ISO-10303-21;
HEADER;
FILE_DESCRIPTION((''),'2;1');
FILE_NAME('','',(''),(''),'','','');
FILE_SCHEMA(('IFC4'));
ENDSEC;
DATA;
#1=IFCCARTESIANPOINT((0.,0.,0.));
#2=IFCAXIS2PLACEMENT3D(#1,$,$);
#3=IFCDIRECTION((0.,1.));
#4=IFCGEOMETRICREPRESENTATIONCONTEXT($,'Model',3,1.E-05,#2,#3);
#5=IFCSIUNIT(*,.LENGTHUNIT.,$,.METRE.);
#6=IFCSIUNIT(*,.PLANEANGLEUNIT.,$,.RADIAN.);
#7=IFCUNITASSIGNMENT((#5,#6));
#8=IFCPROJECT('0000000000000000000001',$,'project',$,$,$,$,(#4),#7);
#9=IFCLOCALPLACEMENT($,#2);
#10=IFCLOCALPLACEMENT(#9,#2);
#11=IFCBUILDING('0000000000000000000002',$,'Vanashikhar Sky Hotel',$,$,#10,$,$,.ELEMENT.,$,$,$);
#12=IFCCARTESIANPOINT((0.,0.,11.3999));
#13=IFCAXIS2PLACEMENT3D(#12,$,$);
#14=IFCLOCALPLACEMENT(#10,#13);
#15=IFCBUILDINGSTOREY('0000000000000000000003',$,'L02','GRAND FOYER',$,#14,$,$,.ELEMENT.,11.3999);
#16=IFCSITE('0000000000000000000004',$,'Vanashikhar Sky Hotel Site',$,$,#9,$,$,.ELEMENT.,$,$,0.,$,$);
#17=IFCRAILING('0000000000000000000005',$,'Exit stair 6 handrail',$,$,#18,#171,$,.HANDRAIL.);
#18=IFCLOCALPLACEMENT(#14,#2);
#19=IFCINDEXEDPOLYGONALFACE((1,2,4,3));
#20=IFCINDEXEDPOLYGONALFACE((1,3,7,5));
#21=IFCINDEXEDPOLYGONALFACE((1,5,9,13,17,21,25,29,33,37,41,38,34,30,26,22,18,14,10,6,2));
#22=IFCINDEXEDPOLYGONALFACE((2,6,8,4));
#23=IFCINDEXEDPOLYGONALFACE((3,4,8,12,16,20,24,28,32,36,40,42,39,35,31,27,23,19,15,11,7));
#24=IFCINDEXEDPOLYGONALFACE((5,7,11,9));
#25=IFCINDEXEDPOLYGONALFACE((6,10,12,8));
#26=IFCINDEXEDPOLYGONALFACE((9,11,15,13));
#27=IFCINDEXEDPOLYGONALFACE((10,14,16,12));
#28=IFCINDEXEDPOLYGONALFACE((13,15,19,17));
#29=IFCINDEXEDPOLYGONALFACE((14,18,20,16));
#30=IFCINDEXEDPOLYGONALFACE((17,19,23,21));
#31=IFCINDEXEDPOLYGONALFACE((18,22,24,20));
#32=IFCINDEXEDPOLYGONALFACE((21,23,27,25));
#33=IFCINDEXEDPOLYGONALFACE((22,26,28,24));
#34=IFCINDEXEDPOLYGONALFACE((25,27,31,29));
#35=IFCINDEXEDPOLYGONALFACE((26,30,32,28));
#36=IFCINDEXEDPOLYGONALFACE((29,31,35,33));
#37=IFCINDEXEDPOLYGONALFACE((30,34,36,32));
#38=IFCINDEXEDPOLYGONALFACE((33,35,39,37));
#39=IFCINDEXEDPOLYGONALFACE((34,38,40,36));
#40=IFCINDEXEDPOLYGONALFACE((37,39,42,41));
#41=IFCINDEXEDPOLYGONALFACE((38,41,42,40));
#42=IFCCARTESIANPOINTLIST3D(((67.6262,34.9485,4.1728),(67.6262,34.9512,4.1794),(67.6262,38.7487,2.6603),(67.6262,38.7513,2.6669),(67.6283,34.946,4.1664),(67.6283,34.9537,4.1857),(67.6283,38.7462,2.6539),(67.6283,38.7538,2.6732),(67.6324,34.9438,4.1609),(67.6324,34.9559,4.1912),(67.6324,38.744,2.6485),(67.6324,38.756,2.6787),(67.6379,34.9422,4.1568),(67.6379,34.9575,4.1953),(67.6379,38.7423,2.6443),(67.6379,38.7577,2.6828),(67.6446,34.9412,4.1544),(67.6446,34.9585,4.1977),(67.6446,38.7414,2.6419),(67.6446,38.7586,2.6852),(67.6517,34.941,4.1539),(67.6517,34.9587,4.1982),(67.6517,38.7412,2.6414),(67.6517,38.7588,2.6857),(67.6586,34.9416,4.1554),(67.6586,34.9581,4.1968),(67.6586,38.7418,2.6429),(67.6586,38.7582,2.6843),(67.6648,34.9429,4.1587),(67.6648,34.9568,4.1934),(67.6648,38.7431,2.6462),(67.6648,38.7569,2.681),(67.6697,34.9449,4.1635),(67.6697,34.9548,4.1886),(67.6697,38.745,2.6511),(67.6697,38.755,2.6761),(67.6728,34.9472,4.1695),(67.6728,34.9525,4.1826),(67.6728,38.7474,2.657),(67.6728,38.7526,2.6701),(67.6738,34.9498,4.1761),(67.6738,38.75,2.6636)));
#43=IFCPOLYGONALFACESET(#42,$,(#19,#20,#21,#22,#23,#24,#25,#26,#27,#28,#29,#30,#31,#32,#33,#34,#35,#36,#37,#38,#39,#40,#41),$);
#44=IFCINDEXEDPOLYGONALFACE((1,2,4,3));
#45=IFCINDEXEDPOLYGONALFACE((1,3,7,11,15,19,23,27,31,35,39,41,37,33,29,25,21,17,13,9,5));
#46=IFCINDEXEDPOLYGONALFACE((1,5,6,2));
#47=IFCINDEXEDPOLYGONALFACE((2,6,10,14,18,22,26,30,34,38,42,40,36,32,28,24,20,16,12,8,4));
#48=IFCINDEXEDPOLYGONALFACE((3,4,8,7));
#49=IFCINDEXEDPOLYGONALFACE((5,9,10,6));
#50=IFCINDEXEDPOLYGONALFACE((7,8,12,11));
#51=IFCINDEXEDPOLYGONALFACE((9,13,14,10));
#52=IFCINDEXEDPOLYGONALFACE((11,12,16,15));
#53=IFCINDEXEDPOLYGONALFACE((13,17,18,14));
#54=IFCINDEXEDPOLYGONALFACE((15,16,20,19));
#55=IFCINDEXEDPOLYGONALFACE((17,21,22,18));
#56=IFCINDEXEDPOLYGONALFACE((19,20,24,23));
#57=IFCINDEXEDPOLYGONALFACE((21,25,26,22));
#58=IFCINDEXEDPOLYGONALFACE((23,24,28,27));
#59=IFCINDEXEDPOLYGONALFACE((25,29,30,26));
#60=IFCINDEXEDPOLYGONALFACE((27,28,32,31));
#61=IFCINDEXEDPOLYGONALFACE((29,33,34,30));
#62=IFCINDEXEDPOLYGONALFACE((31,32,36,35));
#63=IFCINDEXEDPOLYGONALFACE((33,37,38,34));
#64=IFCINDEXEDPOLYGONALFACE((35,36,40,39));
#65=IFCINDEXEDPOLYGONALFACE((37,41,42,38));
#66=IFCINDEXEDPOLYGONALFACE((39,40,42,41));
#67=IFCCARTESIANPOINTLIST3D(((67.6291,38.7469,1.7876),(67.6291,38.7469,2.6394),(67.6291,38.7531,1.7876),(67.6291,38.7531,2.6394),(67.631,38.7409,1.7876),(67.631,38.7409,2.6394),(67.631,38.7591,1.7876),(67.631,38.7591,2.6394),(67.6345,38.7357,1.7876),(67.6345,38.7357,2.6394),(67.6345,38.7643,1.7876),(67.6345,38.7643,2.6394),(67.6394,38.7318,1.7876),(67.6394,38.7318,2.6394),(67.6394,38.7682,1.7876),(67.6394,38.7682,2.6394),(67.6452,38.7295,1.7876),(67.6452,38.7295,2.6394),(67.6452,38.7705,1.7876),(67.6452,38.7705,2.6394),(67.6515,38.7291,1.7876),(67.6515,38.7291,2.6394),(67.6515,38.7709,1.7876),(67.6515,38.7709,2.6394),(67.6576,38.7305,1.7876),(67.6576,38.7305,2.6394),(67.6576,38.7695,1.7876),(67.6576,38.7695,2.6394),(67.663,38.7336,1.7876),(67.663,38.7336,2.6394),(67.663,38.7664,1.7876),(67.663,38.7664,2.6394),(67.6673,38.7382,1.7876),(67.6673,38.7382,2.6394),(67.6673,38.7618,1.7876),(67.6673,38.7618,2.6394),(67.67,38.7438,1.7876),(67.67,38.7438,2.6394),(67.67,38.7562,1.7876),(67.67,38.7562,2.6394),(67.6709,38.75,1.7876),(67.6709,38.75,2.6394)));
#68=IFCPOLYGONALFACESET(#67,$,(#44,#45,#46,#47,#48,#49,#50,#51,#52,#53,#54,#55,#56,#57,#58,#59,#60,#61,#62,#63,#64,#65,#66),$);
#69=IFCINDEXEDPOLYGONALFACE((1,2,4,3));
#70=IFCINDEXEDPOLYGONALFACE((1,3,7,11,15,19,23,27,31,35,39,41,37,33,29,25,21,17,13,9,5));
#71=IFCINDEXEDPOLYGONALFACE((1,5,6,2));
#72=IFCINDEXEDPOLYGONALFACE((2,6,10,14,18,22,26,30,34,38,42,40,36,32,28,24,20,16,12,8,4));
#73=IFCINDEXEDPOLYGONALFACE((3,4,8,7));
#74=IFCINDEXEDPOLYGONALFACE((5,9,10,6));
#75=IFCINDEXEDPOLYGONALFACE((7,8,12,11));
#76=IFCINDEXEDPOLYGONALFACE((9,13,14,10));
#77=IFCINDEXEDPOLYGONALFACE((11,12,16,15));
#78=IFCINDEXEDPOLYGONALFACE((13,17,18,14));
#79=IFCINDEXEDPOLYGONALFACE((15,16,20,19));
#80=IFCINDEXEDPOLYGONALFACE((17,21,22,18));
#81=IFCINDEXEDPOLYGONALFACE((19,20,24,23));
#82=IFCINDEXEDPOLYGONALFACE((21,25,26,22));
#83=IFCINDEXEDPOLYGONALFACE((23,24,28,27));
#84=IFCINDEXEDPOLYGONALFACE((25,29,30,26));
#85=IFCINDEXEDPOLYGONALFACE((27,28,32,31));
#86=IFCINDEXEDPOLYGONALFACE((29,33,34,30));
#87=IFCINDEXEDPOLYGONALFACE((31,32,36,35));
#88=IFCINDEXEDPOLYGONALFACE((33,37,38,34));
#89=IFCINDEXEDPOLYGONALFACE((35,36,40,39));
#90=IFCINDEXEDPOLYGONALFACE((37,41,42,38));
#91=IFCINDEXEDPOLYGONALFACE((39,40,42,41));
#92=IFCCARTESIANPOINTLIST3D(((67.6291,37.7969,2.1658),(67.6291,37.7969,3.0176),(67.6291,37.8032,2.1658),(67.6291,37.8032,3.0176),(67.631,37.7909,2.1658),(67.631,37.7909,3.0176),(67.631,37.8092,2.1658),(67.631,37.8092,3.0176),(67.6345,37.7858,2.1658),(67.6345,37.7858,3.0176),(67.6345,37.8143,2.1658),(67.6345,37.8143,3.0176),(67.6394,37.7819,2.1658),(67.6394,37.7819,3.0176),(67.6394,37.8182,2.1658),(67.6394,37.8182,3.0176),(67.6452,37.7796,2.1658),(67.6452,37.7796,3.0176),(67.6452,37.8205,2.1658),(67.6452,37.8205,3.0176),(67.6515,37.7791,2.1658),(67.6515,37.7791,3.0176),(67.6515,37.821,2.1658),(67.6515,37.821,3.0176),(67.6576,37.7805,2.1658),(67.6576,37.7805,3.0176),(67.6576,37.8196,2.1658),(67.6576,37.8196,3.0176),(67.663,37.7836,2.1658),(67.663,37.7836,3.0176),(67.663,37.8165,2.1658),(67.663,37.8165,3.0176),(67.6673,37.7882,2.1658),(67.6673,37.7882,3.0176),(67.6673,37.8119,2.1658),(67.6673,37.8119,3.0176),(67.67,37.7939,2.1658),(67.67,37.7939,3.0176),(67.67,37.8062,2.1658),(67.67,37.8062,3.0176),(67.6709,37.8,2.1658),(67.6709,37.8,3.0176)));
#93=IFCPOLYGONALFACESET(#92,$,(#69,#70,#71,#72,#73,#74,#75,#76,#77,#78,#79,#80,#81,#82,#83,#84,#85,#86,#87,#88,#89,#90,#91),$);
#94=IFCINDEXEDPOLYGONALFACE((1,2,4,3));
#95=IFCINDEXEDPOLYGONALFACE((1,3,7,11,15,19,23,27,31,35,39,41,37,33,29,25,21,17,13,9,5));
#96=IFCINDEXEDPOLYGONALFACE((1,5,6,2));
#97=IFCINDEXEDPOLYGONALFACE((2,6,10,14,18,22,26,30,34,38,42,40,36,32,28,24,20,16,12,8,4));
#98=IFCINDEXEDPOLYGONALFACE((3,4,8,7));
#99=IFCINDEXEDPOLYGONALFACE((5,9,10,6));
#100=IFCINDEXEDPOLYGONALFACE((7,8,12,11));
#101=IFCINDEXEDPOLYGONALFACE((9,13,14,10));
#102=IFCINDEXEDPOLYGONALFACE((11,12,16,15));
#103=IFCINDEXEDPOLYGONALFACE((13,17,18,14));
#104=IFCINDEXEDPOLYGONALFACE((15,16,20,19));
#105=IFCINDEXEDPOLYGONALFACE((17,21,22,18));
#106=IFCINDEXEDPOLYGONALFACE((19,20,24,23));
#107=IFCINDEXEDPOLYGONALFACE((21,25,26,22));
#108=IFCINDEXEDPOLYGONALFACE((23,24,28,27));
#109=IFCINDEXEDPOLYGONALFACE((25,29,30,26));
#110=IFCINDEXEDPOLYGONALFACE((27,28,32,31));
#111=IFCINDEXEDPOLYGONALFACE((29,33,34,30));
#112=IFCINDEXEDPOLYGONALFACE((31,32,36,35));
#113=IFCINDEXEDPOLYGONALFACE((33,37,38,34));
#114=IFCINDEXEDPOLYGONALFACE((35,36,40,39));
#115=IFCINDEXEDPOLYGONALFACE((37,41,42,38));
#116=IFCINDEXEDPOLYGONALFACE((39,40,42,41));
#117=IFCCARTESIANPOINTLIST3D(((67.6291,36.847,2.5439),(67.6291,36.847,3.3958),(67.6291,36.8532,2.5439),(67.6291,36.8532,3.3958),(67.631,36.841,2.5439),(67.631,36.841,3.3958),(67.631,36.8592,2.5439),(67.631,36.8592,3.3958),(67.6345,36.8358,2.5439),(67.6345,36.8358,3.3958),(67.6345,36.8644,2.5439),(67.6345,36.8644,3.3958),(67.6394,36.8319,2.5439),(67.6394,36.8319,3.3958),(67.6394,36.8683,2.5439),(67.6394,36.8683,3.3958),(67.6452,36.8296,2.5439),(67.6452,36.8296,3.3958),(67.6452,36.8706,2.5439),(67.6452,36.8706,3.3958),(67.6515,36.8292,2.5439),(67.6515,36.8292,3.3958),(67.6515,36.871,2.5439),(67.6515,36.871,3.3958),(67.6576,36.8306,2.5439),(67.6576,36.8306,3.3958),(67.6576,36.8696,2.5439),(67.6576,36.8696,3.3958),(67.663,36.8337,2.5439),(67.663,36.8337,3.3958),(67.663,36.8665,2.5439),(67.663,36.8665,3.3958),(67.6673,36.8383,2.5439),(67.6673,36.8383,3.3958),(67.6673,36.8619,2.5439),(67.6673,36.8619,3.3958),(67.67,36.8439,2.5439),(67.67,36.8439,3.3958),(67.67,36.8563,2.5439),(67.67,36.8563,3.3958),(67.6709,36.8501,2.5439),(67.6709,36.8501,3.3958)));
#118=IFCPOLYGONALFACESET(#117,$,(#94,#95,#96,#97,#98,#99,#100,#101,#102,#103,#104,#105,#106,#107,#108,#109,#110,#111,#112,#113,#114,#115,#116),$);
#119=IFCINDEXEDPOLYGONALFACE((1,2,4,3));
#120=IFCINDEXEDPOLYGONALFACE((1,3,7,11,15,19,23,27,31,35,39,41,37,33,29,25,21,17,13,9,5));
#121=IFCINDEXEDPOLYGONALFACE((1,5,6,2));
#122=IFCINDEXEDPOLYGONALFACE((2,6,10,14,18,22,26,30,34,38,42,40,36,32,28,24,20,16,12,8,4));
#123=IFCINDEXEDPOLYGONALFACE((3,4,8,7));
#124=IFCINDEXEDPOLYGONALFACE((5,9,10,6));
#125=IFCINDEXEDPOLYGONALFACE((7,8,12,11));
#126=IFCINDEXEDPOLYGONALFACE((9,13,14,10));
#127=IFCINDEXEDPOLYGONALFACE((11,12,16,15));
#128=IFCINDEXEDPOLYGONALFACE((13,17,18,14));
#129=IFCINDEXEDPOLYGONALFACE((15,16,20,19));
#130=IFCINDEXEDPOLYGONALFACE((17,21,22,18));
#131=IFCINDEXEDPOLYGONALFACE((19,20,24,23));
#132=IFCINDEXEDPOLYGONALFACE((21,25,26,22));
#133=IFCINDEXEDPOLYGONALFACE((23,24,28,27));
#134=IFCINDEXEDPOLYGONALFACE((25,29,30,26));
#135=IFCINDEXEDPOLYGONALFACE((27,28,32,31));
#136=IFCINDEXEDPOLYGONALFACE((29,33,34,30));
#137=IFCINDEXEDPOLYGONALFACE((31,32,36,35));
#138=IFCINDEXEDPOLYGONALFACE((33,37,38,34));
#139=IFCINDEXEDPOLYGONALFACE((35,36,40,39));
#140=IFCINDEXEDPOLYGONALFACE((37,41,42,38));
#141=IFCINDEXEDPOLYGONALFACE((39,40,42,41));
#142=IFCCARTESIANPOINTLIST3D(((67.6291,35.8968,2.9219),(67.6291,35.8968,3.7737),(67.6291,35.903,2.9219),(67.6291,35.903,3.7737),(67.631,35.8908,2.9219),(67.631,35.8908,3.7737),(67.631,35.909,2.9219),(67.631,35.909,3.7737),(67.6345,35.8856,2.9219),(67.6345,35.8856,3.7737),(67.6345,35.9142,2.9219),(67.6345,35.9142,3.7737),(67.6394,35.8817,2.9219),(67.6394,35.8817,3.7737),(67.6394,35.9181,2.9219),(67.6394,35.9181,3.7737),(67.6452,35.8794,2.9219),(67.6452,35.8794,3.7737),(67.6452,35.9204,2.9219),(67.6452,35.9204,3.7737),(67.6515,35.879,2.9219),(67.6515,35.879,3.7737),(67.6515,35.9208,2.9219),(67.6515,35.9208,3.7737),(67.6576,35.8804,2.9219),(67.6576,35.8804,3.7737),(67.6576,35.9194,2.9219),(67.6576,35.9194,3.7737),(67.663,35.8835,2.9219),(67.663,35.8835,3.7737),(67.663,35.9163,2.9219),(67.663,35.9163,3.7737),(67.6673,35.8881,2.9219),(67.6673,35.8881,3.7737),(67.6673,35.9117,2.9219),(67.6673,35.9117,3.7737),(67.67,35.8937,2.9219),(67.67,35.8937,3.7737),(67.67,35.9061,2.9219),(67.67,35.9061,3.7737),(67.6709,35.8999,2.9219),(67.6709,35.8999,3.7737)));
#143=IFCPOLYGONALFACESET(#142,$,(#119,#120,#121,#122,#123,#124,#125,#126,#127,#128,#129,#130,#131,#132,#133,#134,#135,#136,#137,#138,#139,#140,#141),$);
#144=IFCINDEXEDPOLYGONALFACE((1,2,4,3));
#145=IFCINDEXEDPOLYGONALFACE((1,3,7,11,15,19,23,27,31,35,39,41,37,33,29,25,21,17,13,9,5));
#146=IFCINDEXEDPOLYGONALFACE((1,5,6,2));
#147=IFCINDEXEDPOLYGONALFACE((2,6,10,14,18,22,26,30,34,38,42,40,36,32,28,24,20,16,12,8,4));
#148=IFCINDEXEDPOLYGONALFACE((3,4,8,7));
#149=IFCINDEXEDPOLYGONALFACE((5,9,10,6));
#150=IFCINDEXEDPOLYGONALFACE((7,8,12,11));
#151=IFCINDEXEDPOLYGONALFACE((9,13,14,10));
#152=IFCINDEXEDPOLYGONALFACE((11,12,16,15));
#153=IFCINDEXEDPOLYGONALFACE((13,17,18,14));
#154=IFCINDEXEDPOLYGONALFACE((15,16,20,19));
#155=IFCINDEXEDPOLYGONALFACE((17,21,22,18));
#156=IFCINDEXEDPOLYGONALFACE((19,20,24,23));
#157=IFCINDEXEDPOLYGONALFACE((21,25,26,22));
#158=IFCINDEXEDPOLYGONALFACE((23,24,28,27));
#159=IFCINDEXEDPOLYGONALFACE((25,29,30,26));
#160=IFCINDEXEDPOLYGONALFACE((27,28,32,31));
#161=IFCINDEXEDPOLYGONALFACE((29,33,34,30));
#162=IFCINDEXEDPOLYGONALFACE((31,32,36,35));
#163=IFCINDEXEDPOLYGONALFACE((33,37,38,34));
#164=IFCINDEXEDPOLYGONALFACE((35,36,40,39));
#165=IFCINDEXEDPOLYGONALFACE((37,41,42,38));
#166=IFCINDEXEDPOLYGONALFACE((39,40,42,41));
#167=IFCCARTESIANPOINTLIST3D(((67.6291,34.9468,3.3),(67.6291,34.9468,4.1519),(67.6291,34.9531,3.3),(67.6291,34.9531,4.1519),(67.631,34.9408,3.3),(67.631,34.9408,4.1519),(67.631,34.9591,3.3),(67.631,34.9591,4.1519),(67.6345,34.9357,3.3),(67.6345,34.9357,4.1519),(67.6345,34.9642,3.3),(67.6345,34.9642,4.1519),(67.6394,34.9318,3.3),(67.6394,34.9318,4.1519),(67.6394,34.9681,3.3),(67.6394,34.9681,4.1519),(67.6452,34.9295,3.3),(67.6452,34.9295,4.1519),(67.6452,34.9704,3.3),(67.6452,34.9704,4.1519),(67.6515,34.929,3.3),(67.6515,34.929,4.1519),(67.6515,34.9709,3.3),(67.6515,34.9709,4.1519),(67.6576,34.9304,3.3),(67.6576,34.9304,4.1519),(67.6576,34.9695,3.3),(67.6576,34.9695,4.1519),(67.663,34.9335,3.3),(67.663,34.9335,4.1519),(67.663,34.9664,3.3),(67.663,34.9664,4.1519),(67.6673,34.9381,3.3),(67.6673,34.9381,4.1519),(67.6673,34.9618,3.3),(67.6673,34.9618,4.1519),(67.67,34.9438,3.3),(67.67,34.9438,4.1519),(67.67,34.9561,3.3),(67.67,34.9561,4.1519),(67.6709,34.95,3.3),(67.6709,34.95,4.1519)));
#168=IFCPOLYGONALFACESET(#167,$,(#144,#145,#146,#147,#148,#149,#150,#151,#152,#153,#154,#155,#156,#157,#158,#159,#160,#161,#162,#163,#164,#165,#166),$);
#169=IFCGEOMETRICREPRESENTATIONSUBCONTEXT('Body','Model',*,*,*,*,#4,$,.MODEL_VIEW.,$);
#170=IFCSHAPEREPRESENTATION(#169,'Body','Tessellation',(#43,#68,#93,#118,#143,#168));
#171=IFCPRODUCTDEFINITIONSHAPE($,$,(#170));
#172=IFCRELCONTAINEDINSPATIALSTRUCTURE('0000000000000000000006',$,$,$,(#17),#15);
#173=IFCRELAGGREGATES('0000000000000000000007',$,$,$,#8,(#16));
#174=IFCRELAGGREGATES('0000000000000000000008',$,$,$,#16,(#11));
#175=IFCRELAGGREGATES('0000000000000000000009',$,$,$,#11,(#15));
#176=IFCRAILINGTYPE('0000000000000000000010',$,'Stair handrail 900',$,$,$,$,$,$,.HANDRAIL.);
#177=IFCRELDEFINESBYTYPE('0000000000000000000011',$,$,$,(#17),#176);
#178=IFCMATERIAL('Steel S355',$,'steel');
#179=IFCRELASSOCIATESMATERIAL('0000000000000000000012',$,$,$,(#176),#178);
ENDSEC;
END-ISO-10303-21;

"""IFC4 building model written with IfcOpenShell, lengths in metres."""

from ifc_helpers import new_model, si_unit, direction, frame, origin, origin_2d, place, context, subcontext, project, spatial, circle, extrude, source, transform, mapped, material, type_object, element, save


model = new_model("IFC4")

# Units and contexts
model_context = context("Model", 3, precision=1e-05, world=origin(), true_north=direction((0.0, 1.0)))
body_context = subcontext(model_context, "Body", "Model", "MODEL_VIEW")
ifc_project = project(units=[si_unit("LENGTHUNIT", "METRE"), si_unit("PLANEANGLEUNIT", "RADIAN")], contexts=[model_context])

# Site, building, storey
site_placement = place(None, origin())
site = spatial("IfcSite", under=ifc_project, at=site_placement, Name="Vanashikhar Sky Hotel Site", CompositionType="ELEMENT", RefElevation=0.0)
building_placement = place(site_placement, origin())
building = spatial("IfcBuilding", under=site, at=building_placement, Name="Vanashikhar Sky Hotel", CompositionType="ELEMENT")
storey_placement = place(building_placement, frame((0.0, 0.0, 11.3999)))
storey = spatial("IfcBuildingStorey", under=building, at=storey_placement, Name="L02", Description="GRAND FOYER", CompositionType="ELEMENT", Elevation=11.3999)

# Railing
ifc_material_1 = material(Name="Steel S355", Category="steel")
railing_type_1 = type_object("IfcRailingType", Name="Stair handrail 900", PredefinedType="HANDRAIL", material=ifc_material_1)
shared_shape_1 = source(origin(), body_context, "Body", "SweptSolid", [
    extrude(circle(Radius=0.0239, at=origin_2d()), frame((0.0, 0.0, 0.876), z_axis=(0.0, -0.929113, 0.369795), x_axis=(1.0, 0.0, 0.0)), (0.0, 0.0, 1.0), 4.0901),
    extrude(circle(Radius=0.021, at=origin_2d()), origin(), (0.0, 0.0, 1.0), 0.8518),
    extrude(circle(Radius=0.021, at=origin_2d()), frame((0.0, -0.95, 0.3782)), (0.0, 0.0, 1.0), 0.8518),
    extrude(circle(Radius=0.021, at=origin_2d()), frame((0.0, -1.8999, 0.7563)), (0.0, 0.0, 1.0), 0.8518),
    extrude(circle(Radius=0.021, at=origin_2d()), frame((0.0, -2.8501, 1.1343)), (0.0, 0.0, 1.0), 0.8518),
    extrude(circle(Radius=0.021, at=origin_2d()), frame((0.0, -3.8, 1.5125)), (0.0, 0.0, 1.0), 0.8518),
])
for number, where, name in (
    (1, (67.6499, 38.75, 1.7876), "Exit stair 6 handrail"),
):
    element("IfcRailing", number, at=place(storey_placement, frame(where)), inside=storey, type_object=railing_type_1, Name=name, PredefinedType="HANDRAIL", context=body_context, shape_type="MappedRepresentation", body=[
        mapped(shared_shape_1, transform((0.0, 0.0, 0.0), scale=1.0)),
    ])

save(model, "model.ifc")
